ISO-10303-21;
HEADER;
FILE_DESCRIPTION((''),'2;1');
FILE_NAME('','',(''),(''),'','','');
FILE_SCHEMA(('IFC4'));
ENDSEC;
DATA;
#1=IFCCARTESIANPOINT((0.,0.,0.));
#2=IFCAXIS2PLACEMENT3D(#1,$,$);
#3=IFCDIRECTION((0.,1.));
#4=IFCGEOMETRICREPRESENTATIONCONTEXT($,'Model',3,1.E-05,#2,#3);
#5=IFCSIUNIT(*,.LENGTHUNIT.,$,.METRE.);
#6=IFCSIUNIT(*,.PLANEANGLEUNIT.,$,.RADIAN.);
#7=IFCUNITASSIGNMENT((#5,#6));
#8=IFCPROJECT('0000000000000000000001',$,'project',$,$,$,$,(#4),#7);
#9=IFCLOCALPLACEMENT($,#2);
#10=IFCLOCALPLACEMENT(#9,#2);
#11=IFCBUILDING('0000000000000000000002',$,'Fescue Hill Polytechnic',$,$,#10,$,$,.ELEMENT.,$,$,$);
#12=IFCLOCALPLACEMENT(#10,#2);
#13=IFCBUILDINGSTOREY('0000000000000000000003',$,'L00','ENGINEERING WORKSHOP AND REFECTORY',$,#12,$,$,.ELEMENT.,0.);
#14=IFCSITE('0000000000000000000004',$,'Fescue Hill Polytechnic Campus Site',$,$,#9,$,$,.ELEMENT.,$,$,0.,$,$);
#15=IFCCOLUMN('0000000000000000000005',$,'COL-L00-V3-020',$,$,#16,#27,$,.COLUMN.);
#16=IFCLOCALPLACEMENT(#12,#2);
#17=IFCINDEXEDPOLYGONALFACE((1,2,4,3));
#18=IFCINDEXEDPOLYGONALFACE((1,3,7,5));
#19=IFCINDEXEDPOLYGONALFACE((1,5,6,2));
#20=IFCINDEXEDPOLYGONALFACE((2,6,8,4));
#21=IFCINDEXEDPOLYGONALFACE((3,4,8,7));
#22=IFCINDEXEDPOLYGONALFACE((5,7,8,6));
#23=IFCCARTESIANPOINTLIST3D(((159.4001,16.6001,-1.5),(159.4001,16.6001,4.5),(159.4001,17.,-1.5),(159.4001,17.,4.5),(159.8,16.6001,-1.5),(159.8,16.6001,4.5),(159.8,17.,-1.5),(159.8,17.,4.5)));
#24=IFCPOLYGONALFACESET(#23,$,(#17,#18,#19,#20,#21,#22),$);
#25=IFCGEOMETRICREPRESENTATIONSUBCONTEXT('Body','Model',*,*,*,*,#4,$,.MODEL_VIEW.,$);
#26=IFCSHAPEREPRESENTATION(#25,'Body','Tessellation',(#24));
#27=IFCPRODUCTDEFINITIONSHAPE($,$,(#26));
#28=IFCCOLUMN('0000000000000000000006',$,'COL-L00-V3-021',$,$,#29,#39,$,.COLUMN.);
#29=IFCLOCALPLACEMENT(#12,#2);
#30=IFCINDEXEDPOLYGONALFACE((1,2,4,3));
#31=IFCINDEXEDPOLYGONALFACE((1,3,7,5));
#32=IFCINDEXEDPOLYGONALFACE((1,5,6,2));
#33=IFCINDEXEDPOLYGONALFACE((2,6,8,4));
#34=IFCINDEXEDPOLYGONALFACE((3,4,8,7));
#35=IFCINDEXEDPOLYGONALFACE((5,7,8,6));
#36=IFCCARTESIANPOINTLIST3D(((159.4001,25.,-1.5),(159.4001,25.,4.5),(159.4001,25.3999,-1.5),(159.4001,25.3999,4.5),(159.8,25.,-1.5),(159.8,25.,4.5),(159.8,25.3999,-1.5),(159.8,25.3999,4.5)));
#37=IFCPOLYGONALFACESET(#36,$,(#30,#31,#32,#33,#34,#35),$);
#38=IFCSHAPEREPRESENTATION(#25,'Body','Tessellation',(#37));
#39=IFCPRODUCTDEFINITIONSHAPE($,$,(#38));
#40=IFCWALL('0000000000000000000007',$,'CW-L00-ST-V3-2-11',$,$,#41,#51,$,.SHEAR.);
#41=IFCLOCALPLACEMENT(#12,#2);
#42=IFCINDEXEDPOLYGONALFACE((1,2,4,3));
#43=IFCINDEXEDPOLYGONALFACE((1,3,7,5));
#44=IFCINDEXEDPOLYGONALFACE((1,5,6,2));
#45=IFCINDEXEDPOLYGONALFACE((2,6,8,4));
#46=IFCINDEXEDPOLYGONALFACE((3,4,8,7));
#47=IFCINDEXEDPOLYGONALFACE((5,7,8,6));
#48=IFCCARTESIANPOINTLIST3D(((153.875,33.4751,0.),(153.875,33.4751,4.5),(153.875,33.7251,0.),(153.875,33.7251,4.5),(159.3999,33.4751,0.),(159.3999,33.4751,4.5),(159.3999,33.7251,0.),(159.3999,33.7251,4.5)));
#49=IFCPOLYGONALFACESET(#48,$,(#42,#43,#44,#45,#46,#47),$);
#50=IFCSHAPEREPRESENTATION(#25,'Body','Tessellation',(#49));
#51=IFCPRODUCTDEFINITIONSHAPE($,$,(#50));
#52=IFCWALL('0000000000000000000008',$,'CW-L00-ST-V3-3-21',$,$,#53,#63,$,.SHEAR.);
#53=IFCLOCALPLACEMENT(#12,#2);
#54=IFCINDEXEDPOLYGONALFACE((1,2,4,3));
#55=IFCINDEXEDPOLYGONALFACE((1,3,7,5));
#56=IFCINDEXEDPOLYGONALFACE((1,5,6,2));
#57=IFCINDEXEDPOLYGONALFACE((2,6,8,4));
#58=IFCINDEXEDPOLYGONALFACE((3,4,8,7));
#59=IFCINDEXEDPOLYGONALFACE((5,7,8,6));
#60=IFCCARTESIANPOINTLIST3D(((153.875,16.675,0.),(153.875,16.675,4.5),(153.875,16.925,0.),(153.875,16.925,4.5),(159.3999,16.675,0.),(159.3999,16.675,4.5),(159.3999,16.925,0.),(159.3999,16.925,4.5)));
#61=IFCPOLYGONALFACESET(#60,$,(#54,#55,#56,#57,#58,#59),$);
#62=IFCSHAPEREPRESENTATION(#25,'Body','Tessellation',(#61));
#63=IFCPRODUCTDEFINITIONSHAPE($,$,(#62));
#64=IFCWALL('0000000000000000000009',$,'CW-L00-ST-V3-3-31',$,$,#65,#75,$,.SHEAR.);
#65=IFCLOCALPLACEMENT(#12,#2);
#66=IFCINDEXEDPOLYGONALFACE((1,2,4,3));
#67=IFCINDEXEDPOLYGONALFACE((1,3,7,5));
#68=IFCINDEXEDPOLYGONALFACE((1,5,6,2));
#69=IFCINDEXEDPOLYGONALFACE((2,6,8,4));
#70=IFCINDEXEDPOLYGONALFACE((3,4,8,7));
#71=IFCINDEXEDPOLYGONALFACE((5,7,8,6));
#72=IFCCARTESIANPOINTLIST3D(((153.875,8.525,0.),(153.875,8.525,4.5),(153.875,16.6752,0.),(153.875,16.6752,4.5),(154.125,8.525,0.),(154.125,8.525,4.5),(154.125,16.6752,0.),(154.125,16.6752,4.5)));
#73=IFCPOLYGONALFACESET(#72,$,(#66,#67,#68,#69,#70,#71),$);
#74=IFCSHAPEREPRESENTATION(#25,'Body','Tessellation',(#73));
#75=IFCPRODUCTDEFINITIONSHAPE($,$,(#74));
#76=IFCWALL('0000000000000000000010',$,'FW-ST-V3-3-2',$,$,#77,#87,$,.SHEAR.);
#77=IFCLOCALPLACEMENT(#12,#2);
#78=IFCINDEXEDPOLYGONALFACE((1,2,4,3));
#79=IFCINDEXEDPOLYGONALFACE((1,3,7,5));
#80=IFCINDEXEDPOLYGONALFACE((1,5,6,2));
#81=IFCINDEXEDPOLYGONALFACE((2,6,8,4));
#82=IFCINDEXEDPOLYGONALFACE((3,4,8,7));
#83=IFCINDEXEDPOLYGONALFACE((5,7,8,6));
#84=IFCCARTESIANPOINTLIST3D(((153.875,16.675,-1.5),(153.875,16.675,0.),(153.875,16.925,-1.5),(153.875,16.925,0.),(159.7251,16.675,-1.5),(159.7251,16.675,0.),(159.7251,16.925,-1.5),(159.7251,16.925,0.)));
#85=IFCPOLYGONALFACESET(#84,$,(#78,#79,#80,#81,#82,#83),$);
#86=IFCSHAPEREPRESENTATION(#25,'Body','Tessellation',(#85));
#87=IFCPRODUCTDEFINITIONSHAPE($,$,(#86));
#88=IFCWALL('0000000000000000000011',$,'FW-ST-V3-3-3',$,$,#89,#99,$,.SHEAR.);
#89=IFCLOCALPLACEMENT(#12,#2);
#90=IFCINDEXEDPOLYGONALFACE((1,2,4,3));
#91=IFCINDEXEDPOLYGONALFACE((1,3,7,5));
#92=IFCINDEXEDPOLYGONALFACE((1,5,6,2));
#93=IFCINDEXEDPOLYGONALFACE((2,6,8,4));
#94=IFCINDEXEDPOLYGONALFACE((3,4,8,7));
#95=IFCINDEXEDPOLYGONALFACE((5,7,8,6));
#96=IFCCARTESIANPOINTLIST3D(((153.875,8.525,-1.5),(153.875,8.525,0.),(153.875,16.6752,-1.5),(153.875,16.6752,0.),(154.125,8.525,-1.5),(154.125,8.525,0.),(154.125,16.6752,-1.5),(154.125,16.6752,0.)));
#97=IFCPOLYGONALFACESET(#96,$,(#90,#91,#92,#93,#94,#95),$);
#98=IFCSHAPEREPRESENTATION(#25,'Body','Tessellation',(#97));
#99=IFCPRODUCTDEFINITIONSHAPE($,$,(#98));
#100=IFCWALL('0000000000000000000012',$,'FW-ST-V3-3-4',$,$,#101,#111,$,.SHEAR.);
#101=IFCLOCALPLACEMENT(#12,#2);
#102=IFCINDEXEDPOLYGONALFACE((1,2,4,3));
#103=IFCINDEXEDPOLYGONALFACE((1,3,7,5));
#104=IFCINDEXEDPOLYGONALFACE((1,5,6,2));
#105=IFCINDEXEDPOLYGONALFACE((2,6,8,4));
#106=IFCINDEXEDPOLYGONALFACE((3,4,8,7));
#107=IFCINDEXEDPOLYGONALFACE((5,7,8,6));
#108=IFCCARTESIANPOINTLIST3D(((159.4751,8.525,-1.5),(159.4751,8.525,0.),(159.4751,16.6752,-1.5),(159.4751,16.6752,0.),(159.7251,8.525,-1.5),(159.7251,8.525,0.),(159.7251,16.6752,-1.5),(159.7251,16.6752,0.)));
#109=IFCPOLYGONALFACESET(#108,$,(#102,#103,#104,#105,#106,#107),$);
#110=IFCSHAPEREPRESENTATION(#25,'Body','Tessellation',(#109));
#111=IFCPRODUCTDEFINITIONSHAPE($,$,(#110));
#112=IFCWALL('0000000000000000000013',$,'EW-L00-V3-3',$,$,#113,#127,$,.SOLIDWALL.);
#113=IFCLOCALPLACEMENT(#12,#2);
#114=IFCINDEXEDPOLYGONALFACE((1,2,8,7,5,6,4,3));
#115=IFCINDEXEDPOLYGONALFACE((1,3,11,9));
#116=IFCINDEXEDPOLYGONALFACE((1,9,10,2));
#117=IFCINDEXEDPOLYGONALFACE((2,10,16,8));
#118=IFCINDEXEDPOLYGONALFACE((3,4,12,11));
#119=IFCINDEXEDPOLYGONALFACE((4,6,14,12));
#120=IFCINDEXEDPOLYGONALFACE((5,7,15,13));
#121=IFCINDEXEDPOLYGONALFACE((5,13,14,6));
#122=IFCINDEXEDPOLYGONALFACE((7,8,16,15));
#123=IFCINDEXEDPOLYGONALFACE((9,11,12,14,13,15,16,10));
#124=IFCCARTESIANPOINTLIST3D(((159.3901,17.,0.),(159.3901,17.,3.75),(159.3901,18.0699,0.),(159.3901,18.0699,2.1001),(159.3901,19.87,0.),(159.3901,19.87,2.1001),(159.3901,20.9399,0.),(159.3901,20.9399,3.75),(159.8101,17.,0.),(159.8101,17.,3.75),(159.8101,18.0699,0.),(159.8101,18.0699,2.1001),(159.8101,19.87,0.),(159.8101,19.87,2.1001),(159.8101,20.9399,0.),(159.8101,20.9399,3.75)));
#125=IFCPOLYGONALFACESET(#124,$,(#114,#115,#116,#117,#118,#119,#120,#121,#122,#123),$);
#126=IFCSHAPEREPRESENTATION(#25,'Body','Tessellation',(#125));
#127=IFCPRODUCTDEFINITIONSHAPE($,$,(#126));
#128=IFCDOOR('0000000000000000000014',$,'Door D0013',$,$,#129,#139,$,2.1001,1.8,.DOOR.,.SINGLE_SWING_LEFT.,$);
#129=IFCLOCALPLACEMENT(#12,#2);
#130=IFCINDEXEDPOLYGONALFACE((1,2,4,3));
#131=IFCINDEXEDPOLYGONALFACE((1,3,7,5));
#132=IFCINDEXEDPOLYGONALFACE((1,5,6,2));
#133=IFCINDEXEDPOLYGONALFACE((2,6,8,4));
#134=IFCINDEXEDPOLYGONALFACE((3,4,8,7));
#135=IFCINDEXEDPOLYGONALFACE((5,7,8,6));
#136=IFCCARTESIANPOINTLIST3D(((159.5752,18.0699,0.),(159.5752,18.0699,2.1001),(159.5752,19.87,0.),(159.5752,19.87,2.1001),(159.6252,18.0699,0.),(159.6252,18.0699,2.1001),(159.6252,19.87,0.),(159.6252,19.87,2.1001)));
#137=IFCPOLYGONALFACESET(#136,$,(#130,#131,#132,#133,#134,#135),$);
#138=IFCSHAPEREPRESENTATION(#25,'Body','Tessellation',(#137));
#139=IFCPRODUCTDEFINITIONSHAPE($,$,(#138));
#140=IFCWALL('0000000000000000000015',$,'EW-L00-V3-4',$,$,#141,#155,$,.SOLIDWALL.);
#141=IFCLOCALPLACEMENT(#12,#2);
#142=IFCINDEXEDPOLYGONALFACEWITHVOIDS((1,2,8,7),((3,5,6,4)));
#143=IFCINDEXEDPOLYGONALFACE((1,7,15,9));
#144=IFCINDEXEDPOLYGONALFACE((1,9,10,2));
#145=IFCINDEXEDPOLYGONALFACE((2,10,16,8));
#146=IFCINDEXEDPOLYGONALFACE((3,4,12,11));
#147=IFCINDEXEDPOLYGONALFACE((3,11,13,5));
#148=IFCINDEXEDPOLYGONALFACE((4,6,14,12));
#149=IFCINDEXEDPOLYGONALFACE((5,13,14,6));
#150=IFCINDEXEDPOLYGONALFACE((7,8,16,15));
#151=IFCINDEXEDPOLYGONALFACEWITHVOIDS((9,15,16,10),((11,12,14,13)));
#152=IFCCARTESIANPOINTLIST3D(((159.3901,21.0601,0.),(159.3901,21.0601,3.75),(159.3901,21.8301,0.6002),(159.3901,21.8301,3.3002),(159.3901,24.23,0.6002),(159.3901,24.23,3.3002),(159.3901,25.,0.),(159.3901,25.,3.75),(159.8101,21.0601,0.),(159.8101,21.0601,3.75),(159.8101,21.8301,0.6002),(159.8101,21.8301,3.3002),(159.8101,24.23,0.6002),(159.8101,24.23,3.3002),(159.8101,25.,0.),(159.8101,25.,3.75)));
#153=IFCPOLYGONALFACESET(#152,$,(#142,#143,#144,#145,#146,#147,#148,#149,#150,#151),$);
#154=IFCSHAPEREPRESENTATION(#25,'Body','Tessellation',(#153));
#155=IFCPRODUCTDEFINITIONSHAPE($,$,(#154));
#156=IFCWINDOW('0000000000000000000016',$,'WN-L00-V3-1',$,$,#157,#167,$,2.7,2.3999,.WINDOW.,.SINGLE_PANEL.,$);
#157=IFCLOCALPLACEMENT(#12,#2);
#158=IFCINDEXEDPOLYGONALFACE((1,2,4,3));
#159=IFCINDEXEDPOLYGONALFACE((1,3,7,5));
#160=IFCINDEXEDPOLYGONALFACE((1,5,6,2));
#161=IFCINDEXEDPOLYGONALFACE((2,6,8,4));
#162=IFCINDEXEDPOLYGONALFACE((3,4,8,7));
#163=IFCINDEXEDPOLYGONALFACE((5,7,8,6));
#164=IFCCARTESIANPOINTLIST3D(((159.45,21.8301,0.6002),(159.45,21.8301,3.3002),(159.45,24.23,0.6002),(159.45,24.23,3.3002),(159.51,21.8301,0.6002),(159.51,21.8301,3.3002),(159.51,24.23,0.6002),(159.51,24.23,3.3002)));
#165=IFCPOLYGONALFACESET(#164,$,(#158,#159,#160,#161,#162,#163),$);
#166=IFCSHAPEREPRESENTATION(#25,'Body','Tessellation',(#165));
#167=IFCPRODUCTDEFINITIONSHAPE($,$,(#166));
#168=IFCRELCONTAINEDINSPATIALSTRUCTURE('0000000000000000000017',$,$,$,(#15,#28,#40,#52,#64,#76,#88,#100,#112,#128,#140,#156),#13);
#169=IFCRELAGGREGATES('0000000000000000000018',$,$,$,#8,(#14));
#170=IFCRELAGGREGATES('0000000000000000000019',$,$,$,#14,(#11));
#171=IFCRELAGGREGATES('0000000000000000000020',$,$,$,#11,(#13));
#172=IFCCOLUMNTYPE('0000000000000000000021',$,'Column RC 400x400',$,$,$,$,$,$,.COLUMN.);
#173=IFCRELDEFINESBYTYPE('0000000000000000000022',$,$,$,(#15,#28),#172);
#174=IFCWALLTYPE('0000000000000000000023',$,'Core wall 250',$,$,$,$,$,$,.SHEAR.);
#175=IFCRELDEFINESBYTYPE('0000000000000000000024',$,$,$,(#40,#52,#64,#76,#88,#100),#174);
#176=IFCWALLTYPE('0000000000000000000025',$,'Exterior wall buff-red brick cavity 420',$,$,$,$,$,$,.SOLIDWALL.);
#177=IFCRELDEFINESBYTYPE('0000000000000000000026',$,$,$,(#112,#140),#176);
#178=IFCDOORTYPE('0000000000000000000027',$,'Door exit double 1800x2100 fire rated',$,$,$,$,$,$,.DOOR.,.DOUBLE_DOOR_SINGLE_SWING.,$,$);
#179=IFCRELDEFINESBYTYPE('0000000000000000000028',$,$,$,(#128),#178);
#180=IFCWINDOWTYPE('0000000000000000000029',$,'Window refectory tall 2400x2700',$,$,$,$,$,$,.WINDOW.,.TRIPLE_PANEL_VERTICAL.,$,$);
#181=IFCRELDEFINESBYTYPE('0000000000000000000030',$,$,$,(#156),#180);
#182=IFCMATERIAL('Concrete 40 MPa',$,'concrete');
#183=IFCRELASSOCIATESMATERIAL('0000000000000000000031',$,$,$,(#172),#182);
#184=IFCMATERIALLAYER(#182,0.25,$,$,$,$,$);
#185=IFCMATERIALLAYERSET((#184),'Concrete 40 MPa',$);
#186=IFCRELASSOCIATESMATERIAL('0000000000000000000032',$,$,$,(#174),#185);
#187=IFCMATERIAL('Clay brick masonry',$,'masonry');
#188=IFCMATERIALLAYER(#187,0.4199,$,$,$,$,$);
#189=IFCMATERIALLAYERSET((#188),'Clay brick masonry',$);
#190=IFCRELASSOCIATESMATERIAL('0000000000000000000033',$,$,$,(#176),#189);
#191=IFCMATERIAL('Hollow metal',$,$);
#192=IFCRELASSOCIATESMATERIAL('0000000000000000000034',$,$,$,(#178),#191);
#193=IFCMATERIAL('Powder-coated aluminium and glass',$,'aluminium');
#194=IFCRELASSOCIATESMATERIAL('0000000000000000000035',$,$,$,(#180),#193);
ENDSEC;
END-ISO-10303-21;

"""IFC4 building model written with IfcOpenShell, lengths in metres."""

from ifc_helpers import new_model, si_unit, direction, frame, frame_2d, origin, origin_2d, place, context, subcontext, project, spatial, rectangle, extrude, material, layer, layer_set, material_profile, profile_set, type_object, element, fill, save


model = new_model("IFC4")

# Units and contexts
model_context = context("Model", 3, precision=1e-05, world=origin(), true_north=direction((0.0, 1.0)))
body_context = subcontext(model_context, "Body", "Model", "MODEL_VIEW")
ifc_project = project(units=[si_unit("LENGTHUNIT", "METRE"), si_unit("PLANEANGLEUNIT", "RADIAN")], contexts=[model_context])

# Site, building, storey
site_placement = place(None, origin())
site = spatial("IfcSite", under=ifc_project, at=site_placement, Name="Fescue Hill Polytechnic Campus Site", CompositionType="ELEMENT", RefElevation=0.0)
building_placement = place(site_placement, origin())
building = spatial("IfcBuilding", under=site, at=building_placement, Name="Fescue Hill Polytechnic", CompositionType="ELEMENT")
storey_placement = place(building_placement, origin())
storey = spatial("IfcBuildingStorey", under=building, at=storey_placement, Name="L00", Description="ENGINEERING WORKSHOP AND REFECTORY", CompositionType="ELEMENT", Elevation=0.0)

# Columns
ifc_material_1 = material(Name="Concrete 40 MPa", Category="concrete")
ifc_material_profile = material_profile(ifc_material_1, rectangle(XDim=0.3999, YDim=0.3999, at=origin_2d()), Name="RC 400x400")
ifc_profile_set = profile_set([ifc_material_profile], Name="Concrete 40 MPa")
column_type = type_object("IfcColumnType", Name="Column RC 400x400", PredefinedType="COLUMN", material=ifc_profile_set)
for number, where, z_axis, x_axis, name in (
    (1, (159.6001, 16.8, -1.5), (0.0, 0.0, 1.0), (1.0, 0.0, 0.0), "COL-L00-V3-020"),
    (2, (159.6001, 25.2, -1.5), (0.0, 0.0, 1.0), (1.0, 0.0, 0.0), "COL-L00-V3-021"),
):
    element("IfcColumn", number, at=place(storey_placement, frame(where, z_axis=z_axis, x_axis=x_axis)), inside=storey, type_object=column_type, Name=name, PredefinedType="COLUMN", context=body_context, shape_type="SweptSolid", body=[
        extrude(rectangle(XDim=0.3999, YDim=0.3999, at=origin_2d()), origin(), (0.0, 0.0, 1.0), 6.0),
    ])

# Walls
ifc_layer_1 = layer(ifc_material_1, 0.25)
ifc_layer_set_1 = layer_set([ifc_layer_1], Name="Concrete 40 MPa")
wall_type_1 = type_object("IfcWallType", Name="Core wall 250", PredefinedType="SHEAR", material=ifc_layer_set_1)
for number, where, z_axis, x_axis, name in (
    (3, (153.875, 33.6001, 0.0), (0.0, 0.0, 1.0), (1.0, 0.0, 0.0), "CW-L00-ST-V3-2-11"),
    (4, (153.875, 16.8, 0.0), (0.0, 0.0, 1.0), (1.0, 0.0, 0.0), "CW-L00-ST-V3-3-21"),
):
    element("IfcWall", number, at=place(storey_placement, frame(where, z_axis=z_axis, x_axis=x_axis)), inside=storey, type_object=wall_type_1, Name=name, PredefinedType="SHEAR", context=body_context, shape_type="SweptSolid", body=[
        extrude(rectangle(XDim=5.5249, YDim=0.25, at=frame_2d((2.7625, 0.0))), origin(), (0.0, 0.0, 1.0), 4.5),
    ])
wall_1_placement = place(storey_placement, frame((154.0, 8.5249, 0.0), z_axis=(0.0, 0.0, 1.0), x_axis=(0.0, 1.0, 0.0)))
element("IfcWall", 5, at=wall_1_placement, inside=storey, type_object=wall_type_1, Name="CW-L00-ST-V3-3-31", PredefinedType="SHEAR", context=body_context, shape_type="SweptSolid", body=[
    extrude(rectangle(XDim=8.1501, YDim=0.25, at=frame_2d((4.0752, 0.0))), origin(), (0.0, 0.0, 1.0), 4.5),
])
wall_2_placement = place(storey_placement, frame((153.875, 16.8, -1.5), z_axis=(0.0, 0.0, 1.0), x_axis=(1.0, 0.0, 0.0)))
element("IfcWall", 6, at=wall_2_placement, inside=storey, type_object=wall_type_1, Name="FW-ST-V3-3-2", PredefinedType="SHEAR", context=body_context, shape_type="SweptSolid", body=[
    extrude(rectangle(XDim=5.8501, YDim=0.25, at=frame_2d((2.925, 0.0))), origin(), (0.0, 0.0, 1.0), 1.5),
])
for number, where, z_axis, x_axis, name in (
    (7, (154.0, 8.5249, -1.5), (0.0, 0.0, 1.0), (0.0, 1.0, 0.0), "FW-ST-V3-3-3"),
    (8, (159.6001, 8.5249, -1.5), (0.0, 0.0, 1.0), (0.0, 1.0, 0.0), "FW-ST-V3-3-4"),
):
    element("IfcWall", number, at=place(storey_placement, frame(where, z_axis=z_axis, x_axis=x_axis)), inside=storey, type_object=wall_type_1, Name=name, PredefinedType="SHEAR", context=body_context, shape_type="SweptSolid", body=[
        extrude(rectangle(XDim=8.1501, YDim=0.25, at=frame_2d((4.0752, 0.0))), origin(), (0.0, 0.0, 1.0), 1.5),
    ])

# Wall, opening, door
ifc_material_2 = material(Name="Clay brick masonry", Category="masonry")
ifc_layer_2 = layer(ifc_material_2, 0.4199)
ifc_layer_set_2 = layer_set([ifc_layer_2], Name="Clay brick masonry")
wall_type_2 = type_object("IfcWallType", Name="Exterior wall buff-red brick cavity 420", PredefinedType="SOLIDWALL", material=ifc_layer_set_2)
wall_3_placement = place(storey_placement, frame((159.6001, 17.0, 0.0), z_axis=(0.0, 0.0, 1.0), x_axis=(0.0, 1.0, 0.0)))
wall_3 = element("IfcWall", 9, at=wall_3_placement, inside=storey, type_object=wall_type_2, Name="EW-L00-V3-3", PredefinedType="SOLIDWALL", context=body_context, shape_type="SweptSolid", body=[
    extrude(rectangle(XDim=3.9399, YDim=0.4199, at=frame_2d((1.97, 0.0))), origin(), (0.0, 0.0, 1.0), 3.75),
])
opening_1_placement = place(wall_3_placement, frame((1.0701, 0.0, 0.0)))
opening_1 = element("IfcOpeningElement", 10, at=opening_1_placement, cuts=wall_3, PredefinedType="OPENING", context=body_context, shape_type="SweptSolid", body=[
    extrude(rectangle(XDim=1.8, YDim=2.1001, at=frame_2d((0.8999, 1.05))), frame((0.0, 0.22, 0.0), z_axis=(0.0, -1.0, 0.0), x_axis=(1.0, 0.0, 0.0)), (0.0, 0.0, 1.0), 0.4399),
])
ifc_material_3 = material(Name="Hollow metal")
door_type_1 = type_object("IfcDoorType", Name="Door exit double 1800x2100 fire rated", OperationType="DOUBLE_DOOR_SINGLE_SWING", PredefinedType="DOOR", material=ifc_material_3)
door_1_placement = place(opening_1_placement, origin())
door_1 = element("IfcDoor", 11, at=door_1_placement, inside=storey, type_object=door_type_1, Name="Door D0013", OperationType="SINGLE_SWING_LEFT", OverallHeight=2.1001, OverallWidth=1.8, PredefinedType="DOOR", context=body_context, shape_type="SweptSolid", body=[
    extrude(rectangle(XDim=1.8, YDim=2.1001, at=frame_2d((0.8999, 1.05))), frame((0.0, 0.0249, 0.0), z_axis=(0.0, -1.0, 0.0), x_axis=(1.0, 0.0, 0.0)), (0.0, 0.0, 1.0), 0.05),
])
fill(opening_1, door_1)

# Wall, opening, window
wall_4_placement = place(storey_placement, frame((159.6001, 21.0601, 0.0), z_axis=(0.0, 0.0, 1.0), x_axis=(0.0, 1.0, 0.0)))
wall_4 = element("IfcWall", 12, at=wall_4_placement, inside=storey, type_object=wall_type_2, Name="EW-L00-V3-4", PredefinedType="SOLIDWALL", context=body_context, shape_type="SweptSolid", body=[
    extrude(rectangle(XDim=3.9399, YDim=0.4199, at=frame_2d((1.97, 0.0))), origin(), (0.0, 0.0, 1.0), 3.75),
])
opening_2_placement = place(wall_4_placement, frame((0.77, 0.0, 0.6001)))
opening_2 = element("IfcOpeningElement", 13, at=opening_2_placement, cuts=wall_4, PredefinedType="OPENING", context=body_context, shape_type="SweptSolid", body=[
    extrude(rectangle(XDim=2.3999, YDim=2.7, at=frame_2d((1.2, 1.3501))), frame((0.0, 0.22, 0.0), z_axis=(0.0, -1.0, 0.0), x_axis=(1.0, 0.0, 0.0)), (0.0, 0.0, 1.0), 0.4399),
])
ifc_material_4 = material(Name="Powder-coated aluminium and glass", Category="aluminium")
window_type = type_object("IfcWindowType", Name="Window refectory tall 2400x2700", PartitioningType="TRIPLE_PANEL_VERTICAL", PredefinedType="WINDOW", material=ifc_material_4)
window_placement = place(opening_2_placement, origin())
window = element("IfcWindow", 14, at=window_placement, inside=storey, type_object=window_type, Name="WN-L00-V3-1", OverallHeight=2.7, OverallWidth=2.3999, PartitioningType="SINGLE_PANEL", PredefinedType="WINDOW", context=body_context, shape_type="SweptSolid", body=[
    extrude(rectangle(XDim=2.3999, YDim=2.7, at=frame_2d((1.2, 1.3501))), frame((0.0, 0.1501, 0.0), z_axis=(0.0, -1.0, 0.0), x_axis=(1.0, 0.0, 0.0)), (0.0, 0.0, 1.0), 0.0601),
])
fill(opening_2, window)

save(model, "model.ifc")
